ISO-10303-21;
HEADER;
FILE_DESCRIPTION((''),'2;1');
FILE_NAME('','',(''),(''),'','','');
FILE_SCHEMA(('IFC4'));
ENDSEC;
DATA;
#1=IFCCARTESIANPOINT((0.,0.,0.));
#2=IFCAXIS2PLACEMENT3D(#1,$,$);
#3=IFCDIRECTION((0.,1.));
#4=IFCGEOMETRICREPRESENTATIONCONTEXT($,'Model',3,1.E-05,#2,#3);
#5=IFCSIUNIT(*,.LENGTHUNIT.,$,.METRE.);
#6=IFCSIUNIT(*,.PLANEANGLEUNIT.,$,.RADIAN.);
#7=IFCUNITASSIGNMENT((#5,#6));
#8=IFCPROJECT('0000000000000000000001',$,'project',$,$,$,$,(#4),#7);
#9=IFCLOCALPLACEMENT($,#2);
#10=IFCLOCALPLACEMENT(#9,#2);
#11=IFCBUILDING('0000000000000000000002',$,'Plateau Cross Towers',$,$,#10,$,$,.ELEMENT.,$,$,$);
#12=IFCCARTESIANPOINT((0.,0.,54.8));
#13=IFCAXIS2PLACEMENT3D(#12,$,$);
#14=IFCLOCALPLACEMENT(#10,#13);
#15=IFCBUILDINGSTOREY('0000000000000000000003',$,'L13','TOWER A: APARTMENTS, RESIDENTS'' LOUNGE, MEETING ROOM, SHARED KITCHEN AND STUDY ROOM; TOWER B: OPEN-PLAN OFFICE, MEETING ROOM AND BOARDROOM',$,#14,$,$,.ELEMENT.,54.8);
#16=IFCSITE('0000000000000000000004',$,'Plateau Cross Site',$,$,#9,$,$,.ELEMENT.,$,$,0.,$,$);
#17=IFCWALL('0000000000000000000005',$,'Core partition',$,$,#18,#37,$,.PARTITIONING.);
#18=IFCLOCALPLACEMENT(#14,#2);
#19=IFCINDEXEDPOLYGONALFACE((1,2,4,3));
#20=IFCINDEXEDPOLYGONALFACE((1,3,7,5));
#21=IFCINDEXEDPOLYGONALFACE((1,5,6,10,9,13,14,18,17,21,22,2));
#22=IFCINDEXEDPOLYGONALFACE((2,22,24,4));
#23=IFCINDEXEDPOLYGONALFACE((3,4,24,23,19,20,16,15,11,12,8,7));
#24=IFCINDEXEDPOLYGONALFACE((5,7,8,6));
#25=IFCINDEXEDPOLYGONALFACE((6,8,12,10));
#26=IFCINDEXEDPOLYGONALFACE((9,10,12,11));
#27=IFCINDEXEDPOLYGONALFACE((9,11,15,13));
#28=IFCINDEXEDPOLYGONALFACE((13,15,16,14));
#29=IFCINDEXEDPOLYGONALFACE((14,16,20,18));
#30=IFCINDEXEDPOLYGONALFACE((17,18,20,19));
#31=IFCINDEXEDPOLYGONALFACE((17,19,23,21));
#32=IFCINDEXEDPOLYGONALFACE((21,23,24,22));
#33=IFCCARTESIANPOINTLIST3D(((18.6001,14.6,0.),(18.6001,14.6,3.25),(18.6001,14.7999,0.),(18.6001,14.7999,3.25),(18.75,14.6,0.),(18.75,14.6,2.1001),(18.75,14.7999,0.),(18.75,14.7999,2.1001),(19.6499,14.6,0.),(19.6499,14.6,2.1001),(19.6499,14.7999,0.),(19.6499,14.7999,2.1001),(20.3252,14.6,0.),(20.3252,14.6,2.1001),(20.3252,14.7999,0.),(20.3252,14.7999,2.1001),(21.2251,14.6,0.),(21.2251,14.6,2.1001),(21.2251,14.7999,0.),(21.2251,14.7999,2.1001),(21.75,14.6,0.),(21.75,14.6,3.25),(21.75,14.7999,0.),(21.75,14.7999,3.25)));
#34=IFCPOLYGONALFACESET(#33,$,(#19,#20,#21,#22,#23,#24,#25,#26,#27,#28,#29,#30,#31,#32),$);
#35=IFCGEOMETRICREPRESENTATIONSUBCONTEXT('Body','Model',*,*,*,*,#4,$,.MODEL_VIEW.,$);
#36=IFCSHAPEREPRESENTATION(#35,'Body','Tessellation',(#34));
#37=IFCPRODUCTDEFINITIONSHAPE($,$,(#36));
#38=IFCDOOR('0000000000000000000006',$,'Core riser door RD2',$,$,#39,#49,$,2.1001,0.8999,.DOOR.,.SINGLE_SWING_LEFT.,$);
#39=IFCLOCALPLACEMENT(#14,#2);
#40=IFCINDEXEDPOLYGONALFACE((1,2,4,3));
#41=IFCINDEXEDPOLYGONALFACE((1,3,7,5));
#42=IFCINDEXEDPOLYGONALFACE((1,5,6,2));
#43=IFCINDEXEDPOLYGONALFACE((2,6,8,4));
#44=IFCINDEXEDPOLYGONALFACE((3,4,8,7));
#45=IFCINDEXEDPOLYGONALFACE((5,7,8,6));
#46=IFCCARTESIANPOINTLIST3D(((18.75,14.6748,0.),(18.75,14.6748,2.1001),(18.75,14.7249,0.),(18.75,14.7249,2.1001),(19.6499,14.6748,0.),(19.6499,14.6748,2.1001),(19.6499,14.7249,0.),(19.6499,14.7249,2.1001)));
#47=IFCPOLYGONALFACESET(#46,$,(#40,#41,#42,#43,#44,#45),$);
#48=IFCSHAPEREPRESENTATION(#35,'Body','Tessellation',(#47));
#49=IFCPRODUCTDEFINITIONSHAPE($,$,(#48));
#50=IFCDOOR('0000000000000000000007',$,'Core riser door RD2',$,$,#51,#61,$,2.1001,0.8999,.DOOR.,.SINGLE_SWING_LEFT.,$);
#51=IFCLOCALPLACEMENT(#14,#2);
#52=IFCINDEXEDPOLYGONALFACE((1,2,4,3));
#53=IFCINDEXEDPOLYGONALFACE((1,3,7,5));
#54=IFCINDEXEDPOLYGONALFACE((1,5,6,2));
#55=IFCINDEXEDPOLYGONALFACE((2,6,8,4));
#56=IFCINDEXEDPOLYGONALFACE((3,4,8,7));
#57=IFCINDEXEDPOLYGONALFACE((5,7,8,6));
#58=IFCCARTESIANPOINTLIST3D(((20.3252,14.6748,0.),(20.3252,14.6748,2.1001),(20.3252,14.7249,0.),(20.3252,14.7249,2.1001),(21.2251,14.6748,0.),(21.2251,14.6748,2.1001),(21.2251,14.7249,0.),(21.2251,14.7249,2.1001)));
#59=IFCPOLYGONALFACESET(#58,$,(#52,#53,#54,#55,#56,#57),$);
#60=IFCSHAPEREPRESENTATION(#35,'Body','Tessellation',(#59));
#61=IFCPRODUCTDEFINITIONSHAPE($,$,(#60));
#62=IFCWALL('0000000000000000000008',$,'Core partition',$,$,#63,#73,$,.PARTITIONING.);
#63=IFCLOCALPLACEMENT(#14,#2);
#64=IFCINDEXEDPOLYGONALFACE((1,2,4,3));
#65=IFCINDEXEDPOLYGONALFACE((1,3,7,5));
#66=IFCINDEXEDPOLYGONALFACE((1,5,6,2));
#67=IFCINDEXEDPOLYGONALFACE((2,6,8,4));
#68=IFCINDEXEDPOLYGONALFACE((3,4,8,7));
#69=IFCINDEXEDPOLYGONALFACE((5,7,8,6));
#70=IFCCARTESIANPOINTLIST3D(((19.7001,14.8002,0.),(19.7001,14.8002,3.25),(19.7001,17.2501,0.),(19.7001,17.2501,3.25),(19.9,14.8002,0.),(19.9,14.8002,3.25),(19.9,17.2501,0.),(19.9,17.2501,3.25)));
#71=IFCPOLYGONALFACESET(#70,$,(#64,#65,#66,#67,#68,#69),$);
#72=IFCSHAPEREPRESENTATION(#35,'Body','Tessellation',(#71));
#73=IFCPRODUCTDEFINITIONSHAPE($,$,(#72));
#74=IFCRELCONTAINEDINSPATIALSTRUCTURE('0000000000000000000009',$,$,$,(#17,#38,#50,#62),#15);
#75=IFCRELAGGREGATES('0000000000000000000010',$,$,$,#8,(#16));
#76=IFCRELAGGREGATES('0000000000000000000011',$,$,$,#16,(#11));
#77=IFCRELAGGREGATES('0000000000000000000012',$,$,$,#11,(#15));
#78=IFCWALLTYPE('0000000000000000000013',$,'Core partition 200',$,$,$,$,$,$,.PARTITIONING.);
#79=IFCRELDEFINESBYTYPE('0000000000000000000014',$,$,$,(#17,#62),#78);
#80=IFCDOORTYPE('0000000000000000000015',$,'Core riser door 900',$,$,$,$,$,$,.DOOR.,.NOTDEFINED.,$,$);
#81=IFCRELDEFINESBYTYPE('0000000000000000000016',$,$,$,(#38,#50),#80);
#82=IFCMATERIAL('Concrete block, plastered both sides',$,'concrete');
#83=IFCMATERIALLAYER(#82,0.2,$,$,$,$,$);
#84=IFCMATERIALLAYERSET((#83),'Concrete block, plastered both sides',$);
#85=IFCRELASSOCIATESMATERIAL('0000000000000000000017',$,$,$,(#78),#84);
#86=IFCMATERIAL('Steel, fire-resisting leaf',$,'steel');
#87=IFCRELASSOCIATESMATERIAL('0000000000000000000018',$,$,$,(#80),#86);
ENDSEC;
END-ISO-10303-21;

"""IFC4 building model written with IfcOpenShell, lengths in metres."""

from ifc_helpers import new_model, si_unit, direction, frame, frame_2d, origin, place, context, subcontext, project, spatial, rectangle, extrude, material, layer, layer_set, type_object, element, fill, save


model = new_model("IFC4")

# Units and contexts
model_context = context("Model", 3, precision=1e-05, world=origin(), true_north=direction((0.0, 1.0)))
body_context = subcontext(model_context, "Body", "Model", "MODEL_VIEW")
ifc_project = project(units=[si_unit("LENGTHUNIT", "METRE"), si_unit("PLANEANGLEUNIT", "RADIAN")], contexts=[model_context])

# Site, building, storey
site_placement = place(None, origin())
site = spatial("IfcSite", under=ifc_project, at=site_placement, Name="Plateau Cross Site", CompositionType="ELEMENT", RefElevation=0.0)
building_placement = place(site_placement, origin())
building = spatial("IfcBuilding", under=site, at=building_placement, Name="Plateau Cross Towers", CompositionType="ELEMENT")
storey_placement = place(building_placement, frame((0.0, 0.0, 54.8)))
storey = spatial("IfcBuildingStorey", under=building, at=storey_placement, Name="L13", Description="TOWER A: APARTMENTS, RESIDENTS' LOUNGE, MEETING ROOM, SHARED KITCHEN AND STUDY ROOM; TOWER B: OPEN-PLAN OFFICE, MEETING ROOM AND BOARDROOM", CompositionType="ELEMENT", Elevation=54.8)

# Wall, openings, doors
ifc_material_1 = material(Name="Concrete block, plastered both sides", Category="concrete")
ifc_layer_1 = layer(ifc_material_1, 0.2)
ifc_layer_set_1 = layer_set([ifc_layer_1], Name="Concrete block, plastered both sides")
wall_type_1 = type_object("IfcWallType", Name="Core partition 200", PredefinedType="PARTITIONING", material=ifc_layer_set_1)
wall_1_placement = place(storey_placement, frame((18.6001, 14.7, 0.0), z_axis=(0.0, 0.0, 1.0), x_axis=(1.0, 0.0, 0.0)))
wall_1 = element("IfcWall", 1, at=wall_1_placement, inside=storey, type_object=wall_type_1, Name="Core partition", PredefinedType="PARTITIONING", context=body_context, shape_type="SweptSolid", body=[
    extrude(rectangle(XDim=3.1499, YDim=0.2, at=frame_2d((1.575, 0.0))), origin(), (0.0, 0.0, 1.0), 3.25),
])
opening_1_placement = place(wall_1_placement, frame((0.1499, 0.0, 0.0)))
opening_1 = element("IfcOpeningElement", 2, at=opening_1_placement, cuts=wall_1, PredefinedType="OPENING", context=body_context, shape_type="SweptSolid", body=[
    extrude(rectangle(XDim=0.8999, YDim=2.1001, at=frame_2d((0.45, 1.05))), frame((0.0, 0.1099, 0.0), z_axis=(0.0, -1.0, 0.0), x_axis=(1.0, 0.0, 0.0)), (0.0, 0.0, 1.0), 0.22),
])
opening_2_placement = place(wall_1_placement, frame((1.7251, 0.0, 0.0)))
opening_2 = element("IfcOpeningElement", 3, at=opening_2_placement, cuts=wall_1, PredefinedType="OPENING", context=body_context, shape_type="SweptSolid", body=[
    extrude(rectangle(XDim=0.8999, YDim=2.1001, at=frame_2d((0.45, 1.05))), frame((0.0, 0.1099, 0.0), z_axis=(0.0, -1.0, 0.0), x_axis=(1.0, 0.0, 0.0)), (0.0, 0.0, 1.0), 0.22),
])
ifc_material_2 = material(Name="Steel, fire-resisting leaf", Category="steel")
door_type_1 = type_object("IfcDoorType", Name="Core riser door 900", OperationType="NOTDEFINED", PredefinedType="DOOR", material=ifc_material_2)
door_1_placement = place(opening_1_placement, origin())
door_1 = element("IfcDoor", 4, at=door_1_placement, inside=storey, type_object=door_type_1, Name="Core riser door RD2", OperationType="SINGLE_SWING_LEFT", OverallHeight=2.1001, OverallWidth=0.8999, PredefinedType="DOOR", context=body_context, shape_type="SweptSolid", body=[
    extrude(rectangle(XDim=0.8999, YDim=2.1001, at=frame_2d((0.45, 1.05))), frame((0.0, 0.0249, 0.0), z_axis=(0.0, -1.0, 0.0), x_axis=(1.0, 0.0, 0.0)), (0.0, 0.0, 1.0), 0.05),
])
fill(opening_1, door_1)
door_2_placement = place(opening_2_placement, origin())
door_2 = element("IfcDoor", 5, at=door_2_placement, inside=storey, type_object=door_type_1, Name="Core riser door RD2", OperationType="SINGLE_SWING_LEFT", OverallHeight=2.1001, OverallWidth=0.8999, PredefinedType="DOOR", context=body_context, shape_type="SweptSolid", body=[
    extrude(rectangle(XDim=0.8999, YDim=2.1001, at=frame_2d((0.45, 1.05))), frame((0.0, 0.0249, 0.0), z_axis=(0.0, -1.0, 0.0), x_axis=(1.0, 0.0, 0.0)), (0.0, 0.0, 1.0), 0.05),
])
fill(opening_2, door_2)

# Wall
wall_2_placement = place(storey_placement, frame((19.8, 14.8, 0.0), z_axis=(0.0, 0.0, 1.0), x_axis=(0.0, 1.0, 0.0)))
element("IfcWall", 6, at=wall_2_placement, inside=storey, type_object=wall_type_1, Name="Core partition", PredefinedType="PARTITIONING", context=body_context, shape_type="SweptSolid", body=[
    extrude(rectangle(XDim=2.45, YDim=0.2, at=frame_2d((1.2251, 0.0))), origin(), (0.0, 0.0, 1.0), 3.25),
])

save(model, "model.ifc")
